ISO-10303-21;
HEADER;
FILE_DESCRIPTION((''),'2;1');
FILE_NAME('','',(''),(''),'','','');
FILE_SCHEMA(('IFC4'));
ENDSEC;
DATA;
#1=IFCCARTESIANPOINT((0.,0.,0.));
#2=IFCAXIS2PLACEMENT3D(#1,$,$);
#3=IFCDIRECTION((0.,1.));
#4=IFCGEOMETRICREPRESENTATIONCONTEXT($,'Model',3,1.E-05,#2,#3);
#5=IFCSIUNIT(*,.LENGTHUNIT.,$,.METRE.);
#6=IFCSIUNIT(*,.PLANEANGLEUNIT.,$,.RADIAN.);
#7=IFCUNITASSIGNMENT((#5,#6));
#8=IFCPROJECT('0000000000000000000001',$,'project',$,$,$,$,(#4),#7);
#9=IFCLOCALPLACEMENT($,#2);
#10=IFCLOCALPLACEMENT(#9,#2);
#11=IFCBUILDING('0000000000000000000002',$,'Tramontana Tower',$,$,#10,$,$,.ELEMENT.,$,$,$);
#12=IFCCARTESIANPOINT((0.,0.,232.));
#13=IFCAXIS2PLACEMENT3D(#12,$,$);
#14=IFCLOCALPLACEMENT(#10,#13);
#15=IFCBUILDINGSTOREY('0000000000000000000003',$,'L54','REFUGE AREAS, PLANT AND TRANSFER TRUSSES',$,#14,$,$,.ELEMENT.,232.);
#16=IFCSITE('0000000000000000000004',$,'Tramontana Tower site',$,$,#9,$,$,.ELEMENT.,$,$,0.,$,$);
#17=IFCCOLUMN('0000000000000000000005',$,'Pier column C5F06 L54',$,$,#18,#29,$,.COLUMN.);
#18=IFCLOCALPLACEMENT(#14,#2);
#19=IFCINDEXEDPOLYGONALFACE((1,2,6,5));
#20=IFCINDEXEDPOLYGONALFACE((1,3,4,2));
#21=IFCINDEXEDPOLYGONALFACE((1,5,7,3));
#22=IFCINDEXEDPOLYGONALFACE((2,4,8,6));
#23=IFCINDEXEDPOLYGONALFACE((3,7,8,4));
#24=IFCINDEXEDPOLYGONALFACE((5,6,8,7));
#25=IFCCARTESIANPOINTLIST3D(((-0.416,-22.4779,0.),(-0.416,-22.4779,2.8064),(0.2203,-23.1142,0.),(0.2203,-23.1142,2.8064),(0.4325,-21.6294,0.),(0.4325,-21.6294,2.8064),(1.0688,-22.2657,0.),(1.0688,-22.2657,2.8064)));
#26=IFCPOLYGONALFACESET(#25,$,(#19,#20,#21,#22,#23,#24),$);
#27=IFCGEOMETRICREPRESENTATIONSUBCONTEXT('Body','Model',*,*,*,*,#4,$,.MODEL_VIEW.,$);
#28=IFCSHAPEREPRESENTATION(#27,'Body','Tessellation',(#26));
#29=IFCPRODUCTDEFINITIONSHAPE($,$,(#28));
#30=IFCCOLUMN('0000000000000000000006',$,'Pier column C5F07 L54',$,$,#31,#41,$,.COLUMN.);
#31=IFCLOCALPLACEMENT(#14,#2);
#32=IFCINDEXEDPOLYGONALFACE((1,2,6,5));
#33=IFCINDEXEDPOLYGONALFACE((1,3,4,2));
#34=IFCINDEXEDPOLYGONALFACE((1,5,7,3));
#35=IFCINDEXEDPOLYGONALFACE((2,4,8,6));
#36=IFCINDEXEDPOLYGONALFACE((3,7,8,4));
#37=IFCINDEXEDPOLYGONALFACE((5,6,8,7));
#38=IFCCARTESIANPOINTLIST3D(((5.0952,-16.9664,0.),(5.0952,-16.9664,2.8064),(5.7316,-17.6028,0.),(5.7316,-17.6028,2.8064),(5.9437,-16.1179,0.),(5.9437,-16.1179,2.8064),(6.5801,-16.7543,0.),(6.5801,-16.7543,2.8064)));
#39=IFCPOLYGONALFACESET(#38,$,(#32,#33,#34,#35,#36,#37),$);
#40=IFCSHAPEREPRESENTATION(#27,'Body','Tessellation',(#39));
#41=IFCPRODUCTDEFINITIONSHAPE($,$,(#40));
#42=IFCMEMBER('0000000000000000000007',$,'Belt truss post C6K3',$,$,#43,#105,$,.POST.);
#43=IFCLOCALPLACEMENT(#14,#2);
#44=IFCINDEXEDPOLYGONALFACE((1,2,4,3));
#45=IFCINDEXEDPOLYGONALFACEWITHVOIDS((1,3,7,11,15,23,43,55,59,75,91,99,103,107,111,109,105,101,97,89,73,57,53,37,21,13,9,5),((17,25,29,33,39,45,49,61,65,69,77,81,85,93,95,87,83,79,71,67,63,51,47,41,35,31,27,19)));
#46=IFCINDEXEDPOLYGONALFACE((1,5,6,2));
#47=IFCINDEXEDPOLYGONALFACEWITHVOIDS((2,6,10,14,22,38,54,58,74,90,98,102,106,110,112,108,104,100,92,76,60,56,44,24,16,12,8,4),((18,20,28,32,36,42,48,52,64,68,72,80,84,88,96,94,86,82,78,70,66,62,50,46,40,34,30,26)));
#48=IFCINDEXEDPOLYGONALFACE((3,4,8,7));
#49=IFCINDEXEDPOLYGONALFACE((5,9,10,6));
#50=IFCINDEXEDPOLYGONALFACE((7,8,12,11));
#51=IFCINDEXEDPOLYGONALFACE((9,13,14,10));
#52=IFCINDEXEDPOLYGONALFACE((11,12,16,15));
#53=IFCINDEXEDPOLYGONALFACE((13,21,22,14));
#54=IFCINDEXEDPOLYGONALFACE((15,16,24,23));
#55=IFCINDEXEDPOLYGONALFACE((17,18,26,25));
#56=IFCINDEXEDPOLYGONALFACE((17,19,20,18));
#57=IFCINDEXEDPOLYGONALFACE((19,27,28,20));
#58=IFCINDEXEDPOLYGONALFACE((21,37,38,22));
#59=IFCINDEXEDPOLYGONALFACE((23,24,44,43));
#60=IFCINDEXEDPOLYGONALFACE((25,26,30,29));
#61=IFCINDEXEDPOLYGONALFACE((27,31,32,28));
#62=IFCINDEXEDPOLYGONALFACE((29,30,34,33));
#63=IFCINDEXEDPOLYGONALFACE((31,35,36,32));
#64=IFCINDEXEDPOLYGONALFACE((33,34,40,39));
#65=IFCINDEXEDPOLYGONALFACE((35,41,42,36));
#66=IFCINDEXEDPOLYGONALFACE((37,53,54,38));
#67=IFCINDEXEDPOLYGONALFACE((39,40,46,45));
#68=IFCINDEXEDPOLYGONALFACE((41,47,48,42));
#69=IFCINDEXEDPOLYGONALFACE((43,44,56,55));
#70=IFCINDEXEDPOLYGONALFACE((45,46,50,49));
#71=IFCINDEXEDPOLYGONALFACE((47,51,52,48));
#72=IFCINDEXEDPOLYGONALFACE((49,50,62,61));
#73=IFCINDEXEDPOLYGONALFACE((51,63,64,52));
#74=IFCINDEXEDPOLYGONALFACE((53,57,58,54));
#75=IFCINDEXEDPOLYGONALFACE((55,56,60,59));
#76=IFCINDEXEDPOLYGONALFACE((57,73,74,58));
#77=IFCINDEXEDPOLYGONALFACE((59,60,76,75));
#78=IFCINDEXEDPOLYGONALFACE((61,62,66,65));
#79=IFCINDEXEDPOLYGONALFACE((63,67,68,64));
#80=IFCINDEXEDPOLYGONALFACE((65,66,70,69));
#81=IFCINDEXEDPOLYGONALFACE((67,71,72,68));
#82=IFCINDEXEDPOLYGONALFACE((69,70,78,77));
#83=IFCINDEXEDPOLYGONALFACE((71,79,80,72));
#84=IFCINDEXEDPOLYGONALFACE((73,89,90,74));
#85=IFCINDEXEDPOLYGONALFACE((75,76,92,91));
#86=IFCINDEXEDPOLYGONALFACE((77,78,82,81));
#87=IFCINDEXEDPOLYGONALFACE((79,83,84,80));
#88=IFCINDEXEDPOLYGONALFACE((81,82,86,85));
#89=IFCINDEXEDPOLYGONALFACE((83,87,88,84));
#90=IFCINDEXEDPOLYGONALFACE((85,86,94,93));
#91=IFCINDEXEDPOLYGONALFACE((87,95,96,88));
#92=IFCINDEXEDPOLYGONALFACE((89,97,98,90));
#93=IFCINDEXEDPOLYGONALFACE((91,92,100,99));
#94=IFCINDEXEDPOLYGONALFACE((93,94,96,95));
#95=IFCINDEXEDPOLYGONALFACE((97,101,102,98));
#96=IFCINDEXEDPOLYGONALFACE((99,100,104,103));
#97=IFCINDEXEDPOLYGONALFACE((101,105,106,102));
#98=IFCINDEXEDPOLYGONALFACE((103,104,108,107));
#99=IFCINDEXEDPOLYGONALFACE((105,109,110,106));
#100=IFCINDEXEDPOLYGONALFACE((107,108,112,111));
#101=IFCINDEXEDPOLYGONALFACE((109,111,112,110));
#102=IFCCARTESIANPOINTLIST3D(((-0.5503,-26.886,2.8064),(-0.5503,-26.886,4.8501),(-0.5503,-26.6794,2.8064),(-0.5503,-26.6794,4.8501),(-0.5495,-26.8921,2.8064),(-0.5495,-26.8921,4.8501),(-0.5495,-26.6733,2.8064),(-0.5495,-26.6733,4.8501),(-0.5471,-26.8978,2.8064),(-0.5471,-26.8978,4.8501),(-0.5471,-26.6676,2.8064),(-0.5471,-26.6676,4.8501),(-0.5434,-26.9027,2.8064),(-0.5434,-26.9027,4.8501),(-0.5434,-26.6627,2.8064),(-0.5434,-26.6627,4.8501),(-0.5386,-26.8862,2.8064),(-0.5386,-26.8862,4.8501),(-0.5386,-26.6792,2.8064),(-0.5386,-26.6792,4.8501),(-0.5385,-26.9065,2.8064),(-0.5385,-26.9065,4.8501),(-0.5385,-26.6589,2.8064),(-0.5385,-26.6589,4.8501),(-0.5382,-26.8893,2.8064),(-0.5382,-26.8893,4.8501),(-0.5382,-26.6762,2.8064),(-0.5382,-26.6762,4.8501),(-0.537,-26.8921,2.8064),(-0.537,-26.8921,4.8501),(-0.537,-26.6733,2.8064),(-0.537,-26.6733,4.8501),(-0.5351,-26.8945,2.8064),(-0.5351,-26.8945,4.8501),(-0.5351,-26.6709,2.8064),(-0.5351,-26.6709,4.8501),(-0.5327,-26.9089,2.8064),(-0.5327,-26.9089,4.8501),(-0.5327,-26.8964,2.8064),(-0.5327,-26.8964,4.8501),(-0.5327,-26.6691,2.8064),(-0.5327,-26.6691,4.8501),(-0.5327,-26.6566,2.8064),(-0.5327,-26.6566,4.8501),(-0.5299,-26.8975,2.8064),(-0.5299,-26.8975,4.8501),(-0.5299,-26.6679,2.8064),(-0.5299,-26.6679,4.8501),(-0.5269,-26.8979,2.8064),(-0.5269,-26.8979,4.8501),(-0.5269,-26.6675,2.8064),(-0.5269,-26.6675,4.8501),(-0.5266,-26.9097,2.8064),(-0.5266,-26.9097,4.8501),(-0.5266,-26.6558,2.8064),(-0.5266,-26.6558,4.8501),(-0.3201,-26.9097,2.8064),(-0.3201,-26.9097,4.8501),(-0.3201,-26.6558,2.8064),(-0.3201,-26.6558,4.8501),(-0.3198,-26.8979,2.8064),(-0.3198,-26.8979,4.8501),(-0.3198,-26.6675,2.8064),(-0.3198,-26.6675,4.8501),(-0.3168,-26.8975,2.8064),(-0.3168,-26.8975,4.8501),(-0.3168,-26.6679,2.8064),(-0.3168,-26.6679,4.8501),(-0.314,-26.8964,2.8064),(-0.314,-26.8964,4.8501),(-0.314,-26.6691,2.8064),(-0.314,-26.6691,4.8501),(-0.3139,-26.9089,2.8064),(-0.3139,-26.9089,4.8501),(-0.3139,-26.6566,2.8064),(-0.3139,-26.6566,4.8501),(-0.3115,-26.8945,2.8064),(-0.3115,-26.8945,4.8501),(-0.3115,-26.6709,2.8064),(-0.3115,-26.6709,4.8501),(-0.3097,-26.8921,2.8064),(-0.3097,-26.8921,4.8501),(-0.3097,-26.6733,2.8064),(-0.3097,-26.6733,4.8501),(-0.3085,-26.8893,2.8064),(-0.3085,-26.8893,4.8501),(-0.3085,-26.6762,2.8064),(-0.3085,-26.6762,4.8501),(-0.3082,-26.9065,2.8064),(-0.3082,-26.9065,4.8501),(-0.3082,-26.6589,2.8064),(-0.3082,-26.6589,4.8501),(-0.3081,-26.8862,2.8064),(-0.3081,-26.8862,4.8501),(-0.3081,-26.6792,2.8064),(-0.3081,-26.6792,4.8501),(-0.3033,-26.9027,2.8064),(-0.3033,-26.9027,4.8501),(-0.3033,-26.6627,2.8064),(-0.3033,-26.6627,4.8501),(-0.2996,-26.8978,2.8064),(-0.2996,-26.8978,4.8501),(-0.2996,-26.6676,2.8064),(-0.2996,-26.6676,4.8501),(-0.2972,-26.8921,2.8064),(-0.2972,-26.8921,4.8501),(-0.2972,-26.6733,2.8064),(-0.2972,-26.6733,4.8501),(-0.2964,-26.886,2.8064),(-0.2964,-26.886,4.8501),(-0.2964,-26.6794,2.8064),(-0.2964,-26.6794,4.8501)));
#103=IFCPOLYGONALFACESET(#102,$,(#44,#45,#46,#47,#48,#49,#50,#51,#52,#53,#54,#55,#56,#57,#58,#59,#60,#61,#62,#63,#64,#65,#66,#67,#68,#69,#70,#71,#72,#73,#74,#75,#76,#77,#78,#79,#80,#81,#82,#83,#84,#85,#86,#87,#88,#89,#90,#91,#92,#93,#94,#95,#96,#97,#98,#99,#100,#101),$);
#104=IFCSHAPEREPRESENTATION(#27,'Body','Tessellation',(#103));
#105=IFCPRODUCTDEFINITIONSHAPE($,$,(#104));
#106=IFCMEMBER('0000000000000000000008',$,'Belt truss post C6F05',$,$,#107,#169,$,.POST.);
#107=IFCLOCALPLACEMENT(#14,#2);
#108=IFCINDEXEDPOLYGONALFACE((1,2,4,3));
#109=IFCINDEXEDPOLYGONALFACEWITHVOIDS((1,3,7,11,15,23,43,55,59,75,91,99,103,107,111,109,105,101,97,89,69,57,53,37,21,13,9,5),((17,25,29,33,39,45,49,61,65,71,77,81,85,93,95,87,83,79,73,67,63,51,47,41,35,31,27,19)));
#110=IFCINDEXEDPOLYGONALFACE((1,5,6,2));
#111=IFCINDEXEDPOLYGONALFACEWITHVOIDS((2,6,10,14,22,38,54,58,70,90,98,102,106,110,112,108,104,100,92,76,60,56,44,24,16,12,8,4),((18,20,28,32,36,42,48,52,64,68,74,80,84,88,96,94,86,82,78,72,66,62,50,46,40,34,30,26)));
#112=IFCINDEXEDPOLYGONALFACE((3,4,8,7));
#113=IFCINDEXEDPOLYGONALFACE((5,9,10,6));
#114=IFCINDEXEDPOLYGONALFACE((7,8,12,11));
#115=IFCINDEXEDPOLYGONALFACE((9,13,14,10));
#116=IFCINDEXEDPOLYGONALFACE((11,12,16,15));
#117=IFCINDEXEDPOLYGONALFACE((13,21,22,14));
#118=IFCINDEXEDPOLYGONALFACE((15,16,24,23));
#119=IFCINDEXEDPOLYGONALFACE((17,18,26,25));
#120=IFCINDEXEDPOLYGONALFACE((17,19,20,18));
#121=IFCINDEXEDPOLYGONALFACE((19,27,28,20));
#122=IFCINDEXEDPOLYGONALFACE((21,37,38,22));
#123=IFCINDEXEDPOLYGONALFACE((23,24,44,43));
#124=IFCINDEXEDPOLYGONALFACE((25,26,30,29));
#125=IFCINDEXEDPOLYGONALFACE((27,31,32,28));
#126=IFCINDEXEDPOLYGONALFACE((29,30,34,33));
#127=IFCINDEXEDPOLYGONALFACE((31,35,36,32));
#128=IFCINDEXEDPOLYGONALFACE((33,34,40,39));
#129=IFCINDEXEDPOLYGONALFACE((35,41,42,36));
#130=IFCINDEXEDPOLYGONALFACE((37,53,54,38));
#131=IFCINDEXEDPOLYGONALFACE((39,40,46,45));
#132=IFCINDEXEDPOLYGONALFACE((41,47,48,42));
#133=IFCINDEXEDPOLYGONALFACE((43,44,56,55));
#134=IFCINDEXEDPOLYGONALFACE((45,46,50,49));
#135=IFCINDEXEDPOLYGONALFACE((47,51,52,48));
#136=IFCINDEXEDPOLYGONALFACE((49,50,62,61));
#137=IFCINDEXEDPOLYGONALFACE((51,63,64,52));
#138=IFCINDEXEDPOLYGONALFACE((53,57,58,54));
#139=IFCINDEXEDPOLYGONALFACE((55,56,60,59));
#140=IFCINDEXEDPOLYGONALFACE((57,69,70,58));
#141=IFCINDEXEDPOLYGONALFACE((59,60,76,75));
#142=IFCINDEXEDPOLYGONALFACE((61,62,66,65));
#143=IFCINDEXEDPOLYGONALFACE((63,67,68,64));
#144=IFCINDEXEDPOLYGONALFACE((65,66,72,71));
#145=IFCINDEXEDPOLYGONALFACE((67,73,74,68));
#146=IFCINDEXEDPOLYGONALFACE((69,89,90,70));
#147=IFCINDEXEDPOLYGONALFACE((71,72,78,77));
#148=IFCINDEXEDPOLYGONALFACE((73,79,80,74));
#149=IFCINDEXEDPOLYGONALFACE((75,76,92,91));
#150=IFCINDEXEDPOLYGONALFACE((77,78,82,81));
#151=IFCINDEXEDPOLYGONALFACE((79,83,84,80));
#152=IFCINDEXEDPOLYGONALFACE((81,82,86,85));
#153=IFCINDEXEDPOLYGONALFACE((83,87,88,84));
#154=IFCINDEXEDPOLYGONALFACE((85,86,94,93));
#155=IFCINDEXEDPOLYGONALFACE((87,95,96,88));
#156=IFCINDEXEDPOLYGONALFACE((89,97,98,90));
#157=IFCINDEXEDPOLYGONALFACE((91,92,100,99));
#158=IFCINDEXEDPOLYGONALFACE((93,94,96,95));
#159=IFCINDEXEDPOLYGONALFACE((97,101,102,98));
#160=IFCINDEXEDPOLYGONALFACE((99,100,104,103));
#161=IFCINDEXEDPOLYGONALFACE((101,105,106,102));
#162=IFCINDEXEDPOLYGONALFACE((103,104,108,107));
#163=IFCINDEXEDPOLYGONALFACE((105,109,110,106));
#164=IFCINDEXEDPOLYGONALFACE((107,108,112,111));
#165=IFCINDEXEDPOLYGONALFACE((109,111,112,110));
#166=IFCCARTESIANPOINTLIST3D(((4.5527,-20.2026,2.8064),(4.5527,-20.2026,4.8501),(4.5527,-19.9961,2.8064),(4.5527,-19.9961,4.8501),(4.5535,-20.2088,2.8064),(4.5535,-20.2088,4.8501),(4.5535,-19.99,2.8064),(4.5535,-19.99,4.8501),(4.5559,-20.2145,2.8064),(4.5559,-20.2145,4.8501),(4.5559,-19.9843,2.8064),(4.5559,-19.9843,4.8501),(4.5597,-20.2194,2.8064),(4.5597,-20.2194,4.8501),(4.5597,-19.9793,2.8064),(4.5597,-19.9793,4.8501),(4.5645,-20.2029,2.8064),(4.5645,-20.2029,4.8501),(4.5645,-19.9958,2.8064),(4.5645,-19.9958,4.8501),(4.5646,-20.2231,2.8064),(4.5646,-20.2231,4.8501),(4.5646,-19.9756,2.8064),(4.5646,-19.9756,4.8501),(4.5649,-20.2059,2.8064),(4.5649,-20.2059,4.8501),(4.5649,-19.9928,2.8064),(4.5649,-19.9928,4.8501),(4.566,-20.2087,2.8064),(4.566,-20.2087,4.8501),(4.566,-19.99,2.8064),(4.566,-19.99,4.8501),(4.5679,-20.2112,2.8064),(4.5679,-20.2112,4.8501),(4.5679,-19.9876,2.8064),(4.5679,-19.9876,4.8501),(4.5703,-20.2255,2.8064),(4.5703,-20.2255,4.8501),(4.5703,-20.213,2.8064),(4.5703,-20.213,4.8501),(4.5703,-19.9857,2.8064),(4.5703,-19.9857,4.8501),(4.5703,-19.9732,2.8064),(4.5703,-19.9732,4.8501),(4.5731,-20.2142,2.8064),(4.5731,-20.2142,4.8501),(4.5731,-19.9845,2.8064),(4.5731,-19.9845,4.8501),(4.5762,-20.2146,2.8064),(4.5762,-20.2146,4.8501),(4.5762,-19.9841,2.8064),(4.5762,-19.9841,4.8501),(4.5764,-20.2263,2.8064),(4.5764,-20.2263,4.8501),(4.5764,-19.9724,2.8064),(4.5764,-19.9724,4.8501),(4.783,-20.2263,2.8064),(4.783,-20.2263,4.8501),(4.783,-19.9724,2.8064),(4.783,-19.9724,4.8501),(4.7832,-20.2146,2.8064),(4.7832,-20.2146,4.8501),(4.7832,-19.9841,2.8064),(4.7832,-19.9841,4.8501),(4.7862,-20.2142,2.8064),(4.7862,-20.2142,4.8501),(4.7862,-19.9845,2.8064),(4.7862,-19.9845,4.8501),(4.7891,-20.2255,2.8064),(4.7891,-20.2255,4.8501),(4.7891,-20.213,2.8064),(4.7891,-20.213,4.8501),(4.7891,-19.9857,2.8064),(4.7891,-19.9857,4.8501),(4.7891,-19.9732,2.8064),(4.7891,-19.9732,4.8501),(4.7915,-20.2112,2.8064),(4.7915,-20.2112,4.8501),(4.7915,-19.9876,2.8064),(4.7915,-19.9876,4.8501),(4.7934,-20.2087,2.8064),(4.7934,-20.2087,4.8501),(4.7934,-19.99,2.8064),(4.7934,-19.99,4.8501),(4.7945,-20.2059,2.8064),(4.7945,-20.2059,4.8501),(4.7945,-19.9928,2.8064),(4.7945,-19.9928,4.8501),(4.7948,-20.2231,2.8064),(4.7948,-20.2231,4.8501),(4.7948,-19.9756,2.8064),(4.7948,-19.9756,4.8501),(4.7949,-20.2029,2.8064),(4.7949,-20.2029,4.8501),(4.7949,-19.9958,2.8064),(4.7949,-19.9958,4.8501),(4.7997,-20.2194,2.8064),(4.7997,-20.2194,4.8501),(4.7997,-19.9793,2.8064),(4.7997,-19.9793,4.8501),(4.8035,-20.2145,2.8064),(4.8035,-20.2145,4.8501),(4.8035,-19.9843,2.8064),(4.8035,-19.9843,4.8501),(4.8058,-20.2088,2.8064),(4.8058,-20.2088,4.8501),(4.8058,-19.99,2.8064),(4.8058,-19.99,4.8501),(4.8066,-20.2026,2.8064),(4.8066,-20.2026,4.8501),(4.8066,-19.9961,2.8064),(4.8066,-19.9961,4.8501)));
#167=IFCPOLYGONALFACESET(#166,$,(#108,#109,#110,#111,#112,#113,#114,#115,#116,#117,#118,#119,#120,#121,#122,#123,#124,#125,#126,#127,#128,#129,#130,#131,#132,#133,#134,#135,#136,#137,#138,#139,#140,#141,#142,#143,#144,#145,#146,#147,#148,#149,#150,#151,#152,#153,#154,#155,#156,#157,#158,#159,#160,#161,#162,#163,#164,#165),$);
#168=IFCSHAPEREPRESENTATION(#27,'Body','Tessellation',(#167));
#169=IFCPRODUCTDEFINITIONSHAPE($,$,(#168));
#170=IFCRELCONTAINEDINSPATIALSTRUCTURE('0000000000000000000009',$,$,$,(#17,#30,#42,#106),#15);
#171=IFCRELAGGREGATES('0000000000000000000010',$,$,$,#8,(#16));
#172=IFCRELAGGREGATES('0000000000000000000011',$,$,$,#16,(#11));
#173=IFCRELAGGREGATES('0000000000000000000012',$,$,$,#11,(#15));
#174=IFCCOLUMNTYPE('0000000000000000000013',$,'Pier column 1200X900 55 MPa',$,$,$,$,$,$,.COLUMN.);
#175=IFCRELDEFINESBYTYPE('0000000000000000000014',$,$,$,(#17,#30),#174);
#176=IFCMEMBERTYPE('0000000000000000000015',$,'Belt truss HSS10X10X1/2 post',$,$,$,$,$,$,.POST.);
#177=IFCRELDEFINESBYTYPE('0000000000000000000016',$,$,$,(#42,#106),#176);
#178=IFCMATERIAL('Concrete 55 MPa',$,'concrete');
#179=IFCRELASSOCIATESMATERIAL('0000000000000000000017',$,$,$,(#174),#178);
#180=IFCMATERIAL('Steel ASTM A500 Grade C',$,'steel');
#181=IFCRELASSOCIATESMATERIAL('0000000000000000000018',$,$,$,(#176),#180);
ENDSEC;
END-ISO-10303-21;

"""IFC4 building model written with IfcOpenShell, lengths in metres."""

from ifc_helpers import new_model, si_unit, direction, frame, origin, origin_2d, place, context, subcontext, project, spatial, rectangle, hollow_rectangle, extrude, material, material_profile, profile_set, type_object, element, save


model = new_model("IFC4")

# Units and contexts
model_context = context("Model", 3, precision=1e-05, world=origin(), true_north=direction((0.0, 1.0)))
body_context = subcontext(model_context, "Body", "Model", "MODEL_VIEW")
ifc_project = project(units=[si_unit("LENGTHUNIT", "METRE"), si_unit("PLANEANGLEUNIT", "RADIAN")], contexts=[model_context])

# Site, building, storey
site_placement = place(None, origin())
site = spatial("IfcSite", under=ifc_project, at=site_placement, Name="Tramontana Tower site", CompositionType="ELEMENT", RefElevation=0.0)
building_placement = place(site_placement, origin())
building = spatial("IfcBuilding", under=site, at=building_placement, Name="Tramontana Tower", CompositionType="ELEMENT")
storey_placement = place(building_placement, frame((0.0, 0.0, 232.0)))
storey = spatial("IfcBuildingStorey", under=building, at=storey_placement, Name="L54", Description="REFUGE AREAS, PLANT AND TRANSFER TRUSSES", CompositionType="ELEMENT", Elevation=232.0)

# Columns
ifc_material_1 = material(Name="Concrete 55 MPa", Category="concrete")
ifc_material_profile_1 = material_profile(ifc_material_1, rectangle(XDim=1.2, YDim=0.8999, at=origin_2d()), Name="Pier column 1200X900 55 MPa")
ifc_profile_set_1 = profile_set([ifc_material_profile_1], Name="Concrete 55 MPa")
column_type = type_object("IfcColumnType", Name="Pier column 1200X900 55 MPa", PredefinedType="COLUMN", material=ifc_profile_set_1)
for number, where, z_axis, x_axis, name in (
    (1, (0.3264, -22.3718, 0.0), (0.0, 0.0, 1.0), (0.707107, 0.707107, 0.0), "Pier column C5F06 L54"),
    (2, (5.8376, -16.8604, 0.0), (0.0, 0.0, 1.0), (0.707107, 0.707107, 0.0), "Pier column C5F07 L54"),
):
    element("IfcColumn", number, at=place(storey_placement, frame(where, z_axis=z_axis, x_axis=x_axis)), inside=storey, type_object=column_type, Name=name, PredefinedType="COLUMN", context=body_context, shape_type="SweptSolid", body=[
        extrude(rectangle(XDim=1.2, YDim=0.8999, at=origin_2d()), origin(), (0.0, 0.0, 1.0), 2.8064),
    ])

# Members
ifc_material_2 = material(Name="Steel ASTM A500 Grade C", Category="steel")
ifc_material_profile_2 = material_profile(ifc_material_2, hollow_rectangle(XDim=0.2539, YDim=0.2539, WallThickness=0.0117, InnerFilletRadius=0.0117, OuterFilletRadius=0.0237, at=origin_2d()), Name="HSS10X10X1/2")
ifc_profile_set_2 = profile_set([ifc_material_profile_2], Name="Steel ASTM A500 Grade C")
member_type_1 = type_object("IfcMemberType", Name="Belt truss HSS10X10X1/2 post", PredefinedType="POST", material=ifc_profile_set_2)
for number, where, z_axis, x_axis, name in (
    (3, (-0.4233, -26.7827, 2.8064), (0.0, 0.0, 1.0), (1.0, 0.0, 0.0), "Belt truss post C6K3"),
    (4, (4.6797, -20.0994, 2.8064), (0.0, 0.0, 1.0), (1.0, 0.0, 0.0), "Belt truss post C6F05"),
):
    element("IfcMember", number, at=place(storey_placement, frame(where, z_axis=z_axis, x_axis=x_axis)), inside=storey, type_object=member_type_1, Name=name, PredefinedType="POST", context=body_context, shape_type="SweptSolid", body=[
        extrude(hollow_rectangle(XDim=0.2539, YDim=0.2539, WallThickness=0.0117, InnerFilletRadius=0.0117, OuterFilletRadius=0.0237, at=origin_2d()), origin(), (0.0, 0.0, 1.0), 2.0437),
    ])

save(model, "model.ifc")
